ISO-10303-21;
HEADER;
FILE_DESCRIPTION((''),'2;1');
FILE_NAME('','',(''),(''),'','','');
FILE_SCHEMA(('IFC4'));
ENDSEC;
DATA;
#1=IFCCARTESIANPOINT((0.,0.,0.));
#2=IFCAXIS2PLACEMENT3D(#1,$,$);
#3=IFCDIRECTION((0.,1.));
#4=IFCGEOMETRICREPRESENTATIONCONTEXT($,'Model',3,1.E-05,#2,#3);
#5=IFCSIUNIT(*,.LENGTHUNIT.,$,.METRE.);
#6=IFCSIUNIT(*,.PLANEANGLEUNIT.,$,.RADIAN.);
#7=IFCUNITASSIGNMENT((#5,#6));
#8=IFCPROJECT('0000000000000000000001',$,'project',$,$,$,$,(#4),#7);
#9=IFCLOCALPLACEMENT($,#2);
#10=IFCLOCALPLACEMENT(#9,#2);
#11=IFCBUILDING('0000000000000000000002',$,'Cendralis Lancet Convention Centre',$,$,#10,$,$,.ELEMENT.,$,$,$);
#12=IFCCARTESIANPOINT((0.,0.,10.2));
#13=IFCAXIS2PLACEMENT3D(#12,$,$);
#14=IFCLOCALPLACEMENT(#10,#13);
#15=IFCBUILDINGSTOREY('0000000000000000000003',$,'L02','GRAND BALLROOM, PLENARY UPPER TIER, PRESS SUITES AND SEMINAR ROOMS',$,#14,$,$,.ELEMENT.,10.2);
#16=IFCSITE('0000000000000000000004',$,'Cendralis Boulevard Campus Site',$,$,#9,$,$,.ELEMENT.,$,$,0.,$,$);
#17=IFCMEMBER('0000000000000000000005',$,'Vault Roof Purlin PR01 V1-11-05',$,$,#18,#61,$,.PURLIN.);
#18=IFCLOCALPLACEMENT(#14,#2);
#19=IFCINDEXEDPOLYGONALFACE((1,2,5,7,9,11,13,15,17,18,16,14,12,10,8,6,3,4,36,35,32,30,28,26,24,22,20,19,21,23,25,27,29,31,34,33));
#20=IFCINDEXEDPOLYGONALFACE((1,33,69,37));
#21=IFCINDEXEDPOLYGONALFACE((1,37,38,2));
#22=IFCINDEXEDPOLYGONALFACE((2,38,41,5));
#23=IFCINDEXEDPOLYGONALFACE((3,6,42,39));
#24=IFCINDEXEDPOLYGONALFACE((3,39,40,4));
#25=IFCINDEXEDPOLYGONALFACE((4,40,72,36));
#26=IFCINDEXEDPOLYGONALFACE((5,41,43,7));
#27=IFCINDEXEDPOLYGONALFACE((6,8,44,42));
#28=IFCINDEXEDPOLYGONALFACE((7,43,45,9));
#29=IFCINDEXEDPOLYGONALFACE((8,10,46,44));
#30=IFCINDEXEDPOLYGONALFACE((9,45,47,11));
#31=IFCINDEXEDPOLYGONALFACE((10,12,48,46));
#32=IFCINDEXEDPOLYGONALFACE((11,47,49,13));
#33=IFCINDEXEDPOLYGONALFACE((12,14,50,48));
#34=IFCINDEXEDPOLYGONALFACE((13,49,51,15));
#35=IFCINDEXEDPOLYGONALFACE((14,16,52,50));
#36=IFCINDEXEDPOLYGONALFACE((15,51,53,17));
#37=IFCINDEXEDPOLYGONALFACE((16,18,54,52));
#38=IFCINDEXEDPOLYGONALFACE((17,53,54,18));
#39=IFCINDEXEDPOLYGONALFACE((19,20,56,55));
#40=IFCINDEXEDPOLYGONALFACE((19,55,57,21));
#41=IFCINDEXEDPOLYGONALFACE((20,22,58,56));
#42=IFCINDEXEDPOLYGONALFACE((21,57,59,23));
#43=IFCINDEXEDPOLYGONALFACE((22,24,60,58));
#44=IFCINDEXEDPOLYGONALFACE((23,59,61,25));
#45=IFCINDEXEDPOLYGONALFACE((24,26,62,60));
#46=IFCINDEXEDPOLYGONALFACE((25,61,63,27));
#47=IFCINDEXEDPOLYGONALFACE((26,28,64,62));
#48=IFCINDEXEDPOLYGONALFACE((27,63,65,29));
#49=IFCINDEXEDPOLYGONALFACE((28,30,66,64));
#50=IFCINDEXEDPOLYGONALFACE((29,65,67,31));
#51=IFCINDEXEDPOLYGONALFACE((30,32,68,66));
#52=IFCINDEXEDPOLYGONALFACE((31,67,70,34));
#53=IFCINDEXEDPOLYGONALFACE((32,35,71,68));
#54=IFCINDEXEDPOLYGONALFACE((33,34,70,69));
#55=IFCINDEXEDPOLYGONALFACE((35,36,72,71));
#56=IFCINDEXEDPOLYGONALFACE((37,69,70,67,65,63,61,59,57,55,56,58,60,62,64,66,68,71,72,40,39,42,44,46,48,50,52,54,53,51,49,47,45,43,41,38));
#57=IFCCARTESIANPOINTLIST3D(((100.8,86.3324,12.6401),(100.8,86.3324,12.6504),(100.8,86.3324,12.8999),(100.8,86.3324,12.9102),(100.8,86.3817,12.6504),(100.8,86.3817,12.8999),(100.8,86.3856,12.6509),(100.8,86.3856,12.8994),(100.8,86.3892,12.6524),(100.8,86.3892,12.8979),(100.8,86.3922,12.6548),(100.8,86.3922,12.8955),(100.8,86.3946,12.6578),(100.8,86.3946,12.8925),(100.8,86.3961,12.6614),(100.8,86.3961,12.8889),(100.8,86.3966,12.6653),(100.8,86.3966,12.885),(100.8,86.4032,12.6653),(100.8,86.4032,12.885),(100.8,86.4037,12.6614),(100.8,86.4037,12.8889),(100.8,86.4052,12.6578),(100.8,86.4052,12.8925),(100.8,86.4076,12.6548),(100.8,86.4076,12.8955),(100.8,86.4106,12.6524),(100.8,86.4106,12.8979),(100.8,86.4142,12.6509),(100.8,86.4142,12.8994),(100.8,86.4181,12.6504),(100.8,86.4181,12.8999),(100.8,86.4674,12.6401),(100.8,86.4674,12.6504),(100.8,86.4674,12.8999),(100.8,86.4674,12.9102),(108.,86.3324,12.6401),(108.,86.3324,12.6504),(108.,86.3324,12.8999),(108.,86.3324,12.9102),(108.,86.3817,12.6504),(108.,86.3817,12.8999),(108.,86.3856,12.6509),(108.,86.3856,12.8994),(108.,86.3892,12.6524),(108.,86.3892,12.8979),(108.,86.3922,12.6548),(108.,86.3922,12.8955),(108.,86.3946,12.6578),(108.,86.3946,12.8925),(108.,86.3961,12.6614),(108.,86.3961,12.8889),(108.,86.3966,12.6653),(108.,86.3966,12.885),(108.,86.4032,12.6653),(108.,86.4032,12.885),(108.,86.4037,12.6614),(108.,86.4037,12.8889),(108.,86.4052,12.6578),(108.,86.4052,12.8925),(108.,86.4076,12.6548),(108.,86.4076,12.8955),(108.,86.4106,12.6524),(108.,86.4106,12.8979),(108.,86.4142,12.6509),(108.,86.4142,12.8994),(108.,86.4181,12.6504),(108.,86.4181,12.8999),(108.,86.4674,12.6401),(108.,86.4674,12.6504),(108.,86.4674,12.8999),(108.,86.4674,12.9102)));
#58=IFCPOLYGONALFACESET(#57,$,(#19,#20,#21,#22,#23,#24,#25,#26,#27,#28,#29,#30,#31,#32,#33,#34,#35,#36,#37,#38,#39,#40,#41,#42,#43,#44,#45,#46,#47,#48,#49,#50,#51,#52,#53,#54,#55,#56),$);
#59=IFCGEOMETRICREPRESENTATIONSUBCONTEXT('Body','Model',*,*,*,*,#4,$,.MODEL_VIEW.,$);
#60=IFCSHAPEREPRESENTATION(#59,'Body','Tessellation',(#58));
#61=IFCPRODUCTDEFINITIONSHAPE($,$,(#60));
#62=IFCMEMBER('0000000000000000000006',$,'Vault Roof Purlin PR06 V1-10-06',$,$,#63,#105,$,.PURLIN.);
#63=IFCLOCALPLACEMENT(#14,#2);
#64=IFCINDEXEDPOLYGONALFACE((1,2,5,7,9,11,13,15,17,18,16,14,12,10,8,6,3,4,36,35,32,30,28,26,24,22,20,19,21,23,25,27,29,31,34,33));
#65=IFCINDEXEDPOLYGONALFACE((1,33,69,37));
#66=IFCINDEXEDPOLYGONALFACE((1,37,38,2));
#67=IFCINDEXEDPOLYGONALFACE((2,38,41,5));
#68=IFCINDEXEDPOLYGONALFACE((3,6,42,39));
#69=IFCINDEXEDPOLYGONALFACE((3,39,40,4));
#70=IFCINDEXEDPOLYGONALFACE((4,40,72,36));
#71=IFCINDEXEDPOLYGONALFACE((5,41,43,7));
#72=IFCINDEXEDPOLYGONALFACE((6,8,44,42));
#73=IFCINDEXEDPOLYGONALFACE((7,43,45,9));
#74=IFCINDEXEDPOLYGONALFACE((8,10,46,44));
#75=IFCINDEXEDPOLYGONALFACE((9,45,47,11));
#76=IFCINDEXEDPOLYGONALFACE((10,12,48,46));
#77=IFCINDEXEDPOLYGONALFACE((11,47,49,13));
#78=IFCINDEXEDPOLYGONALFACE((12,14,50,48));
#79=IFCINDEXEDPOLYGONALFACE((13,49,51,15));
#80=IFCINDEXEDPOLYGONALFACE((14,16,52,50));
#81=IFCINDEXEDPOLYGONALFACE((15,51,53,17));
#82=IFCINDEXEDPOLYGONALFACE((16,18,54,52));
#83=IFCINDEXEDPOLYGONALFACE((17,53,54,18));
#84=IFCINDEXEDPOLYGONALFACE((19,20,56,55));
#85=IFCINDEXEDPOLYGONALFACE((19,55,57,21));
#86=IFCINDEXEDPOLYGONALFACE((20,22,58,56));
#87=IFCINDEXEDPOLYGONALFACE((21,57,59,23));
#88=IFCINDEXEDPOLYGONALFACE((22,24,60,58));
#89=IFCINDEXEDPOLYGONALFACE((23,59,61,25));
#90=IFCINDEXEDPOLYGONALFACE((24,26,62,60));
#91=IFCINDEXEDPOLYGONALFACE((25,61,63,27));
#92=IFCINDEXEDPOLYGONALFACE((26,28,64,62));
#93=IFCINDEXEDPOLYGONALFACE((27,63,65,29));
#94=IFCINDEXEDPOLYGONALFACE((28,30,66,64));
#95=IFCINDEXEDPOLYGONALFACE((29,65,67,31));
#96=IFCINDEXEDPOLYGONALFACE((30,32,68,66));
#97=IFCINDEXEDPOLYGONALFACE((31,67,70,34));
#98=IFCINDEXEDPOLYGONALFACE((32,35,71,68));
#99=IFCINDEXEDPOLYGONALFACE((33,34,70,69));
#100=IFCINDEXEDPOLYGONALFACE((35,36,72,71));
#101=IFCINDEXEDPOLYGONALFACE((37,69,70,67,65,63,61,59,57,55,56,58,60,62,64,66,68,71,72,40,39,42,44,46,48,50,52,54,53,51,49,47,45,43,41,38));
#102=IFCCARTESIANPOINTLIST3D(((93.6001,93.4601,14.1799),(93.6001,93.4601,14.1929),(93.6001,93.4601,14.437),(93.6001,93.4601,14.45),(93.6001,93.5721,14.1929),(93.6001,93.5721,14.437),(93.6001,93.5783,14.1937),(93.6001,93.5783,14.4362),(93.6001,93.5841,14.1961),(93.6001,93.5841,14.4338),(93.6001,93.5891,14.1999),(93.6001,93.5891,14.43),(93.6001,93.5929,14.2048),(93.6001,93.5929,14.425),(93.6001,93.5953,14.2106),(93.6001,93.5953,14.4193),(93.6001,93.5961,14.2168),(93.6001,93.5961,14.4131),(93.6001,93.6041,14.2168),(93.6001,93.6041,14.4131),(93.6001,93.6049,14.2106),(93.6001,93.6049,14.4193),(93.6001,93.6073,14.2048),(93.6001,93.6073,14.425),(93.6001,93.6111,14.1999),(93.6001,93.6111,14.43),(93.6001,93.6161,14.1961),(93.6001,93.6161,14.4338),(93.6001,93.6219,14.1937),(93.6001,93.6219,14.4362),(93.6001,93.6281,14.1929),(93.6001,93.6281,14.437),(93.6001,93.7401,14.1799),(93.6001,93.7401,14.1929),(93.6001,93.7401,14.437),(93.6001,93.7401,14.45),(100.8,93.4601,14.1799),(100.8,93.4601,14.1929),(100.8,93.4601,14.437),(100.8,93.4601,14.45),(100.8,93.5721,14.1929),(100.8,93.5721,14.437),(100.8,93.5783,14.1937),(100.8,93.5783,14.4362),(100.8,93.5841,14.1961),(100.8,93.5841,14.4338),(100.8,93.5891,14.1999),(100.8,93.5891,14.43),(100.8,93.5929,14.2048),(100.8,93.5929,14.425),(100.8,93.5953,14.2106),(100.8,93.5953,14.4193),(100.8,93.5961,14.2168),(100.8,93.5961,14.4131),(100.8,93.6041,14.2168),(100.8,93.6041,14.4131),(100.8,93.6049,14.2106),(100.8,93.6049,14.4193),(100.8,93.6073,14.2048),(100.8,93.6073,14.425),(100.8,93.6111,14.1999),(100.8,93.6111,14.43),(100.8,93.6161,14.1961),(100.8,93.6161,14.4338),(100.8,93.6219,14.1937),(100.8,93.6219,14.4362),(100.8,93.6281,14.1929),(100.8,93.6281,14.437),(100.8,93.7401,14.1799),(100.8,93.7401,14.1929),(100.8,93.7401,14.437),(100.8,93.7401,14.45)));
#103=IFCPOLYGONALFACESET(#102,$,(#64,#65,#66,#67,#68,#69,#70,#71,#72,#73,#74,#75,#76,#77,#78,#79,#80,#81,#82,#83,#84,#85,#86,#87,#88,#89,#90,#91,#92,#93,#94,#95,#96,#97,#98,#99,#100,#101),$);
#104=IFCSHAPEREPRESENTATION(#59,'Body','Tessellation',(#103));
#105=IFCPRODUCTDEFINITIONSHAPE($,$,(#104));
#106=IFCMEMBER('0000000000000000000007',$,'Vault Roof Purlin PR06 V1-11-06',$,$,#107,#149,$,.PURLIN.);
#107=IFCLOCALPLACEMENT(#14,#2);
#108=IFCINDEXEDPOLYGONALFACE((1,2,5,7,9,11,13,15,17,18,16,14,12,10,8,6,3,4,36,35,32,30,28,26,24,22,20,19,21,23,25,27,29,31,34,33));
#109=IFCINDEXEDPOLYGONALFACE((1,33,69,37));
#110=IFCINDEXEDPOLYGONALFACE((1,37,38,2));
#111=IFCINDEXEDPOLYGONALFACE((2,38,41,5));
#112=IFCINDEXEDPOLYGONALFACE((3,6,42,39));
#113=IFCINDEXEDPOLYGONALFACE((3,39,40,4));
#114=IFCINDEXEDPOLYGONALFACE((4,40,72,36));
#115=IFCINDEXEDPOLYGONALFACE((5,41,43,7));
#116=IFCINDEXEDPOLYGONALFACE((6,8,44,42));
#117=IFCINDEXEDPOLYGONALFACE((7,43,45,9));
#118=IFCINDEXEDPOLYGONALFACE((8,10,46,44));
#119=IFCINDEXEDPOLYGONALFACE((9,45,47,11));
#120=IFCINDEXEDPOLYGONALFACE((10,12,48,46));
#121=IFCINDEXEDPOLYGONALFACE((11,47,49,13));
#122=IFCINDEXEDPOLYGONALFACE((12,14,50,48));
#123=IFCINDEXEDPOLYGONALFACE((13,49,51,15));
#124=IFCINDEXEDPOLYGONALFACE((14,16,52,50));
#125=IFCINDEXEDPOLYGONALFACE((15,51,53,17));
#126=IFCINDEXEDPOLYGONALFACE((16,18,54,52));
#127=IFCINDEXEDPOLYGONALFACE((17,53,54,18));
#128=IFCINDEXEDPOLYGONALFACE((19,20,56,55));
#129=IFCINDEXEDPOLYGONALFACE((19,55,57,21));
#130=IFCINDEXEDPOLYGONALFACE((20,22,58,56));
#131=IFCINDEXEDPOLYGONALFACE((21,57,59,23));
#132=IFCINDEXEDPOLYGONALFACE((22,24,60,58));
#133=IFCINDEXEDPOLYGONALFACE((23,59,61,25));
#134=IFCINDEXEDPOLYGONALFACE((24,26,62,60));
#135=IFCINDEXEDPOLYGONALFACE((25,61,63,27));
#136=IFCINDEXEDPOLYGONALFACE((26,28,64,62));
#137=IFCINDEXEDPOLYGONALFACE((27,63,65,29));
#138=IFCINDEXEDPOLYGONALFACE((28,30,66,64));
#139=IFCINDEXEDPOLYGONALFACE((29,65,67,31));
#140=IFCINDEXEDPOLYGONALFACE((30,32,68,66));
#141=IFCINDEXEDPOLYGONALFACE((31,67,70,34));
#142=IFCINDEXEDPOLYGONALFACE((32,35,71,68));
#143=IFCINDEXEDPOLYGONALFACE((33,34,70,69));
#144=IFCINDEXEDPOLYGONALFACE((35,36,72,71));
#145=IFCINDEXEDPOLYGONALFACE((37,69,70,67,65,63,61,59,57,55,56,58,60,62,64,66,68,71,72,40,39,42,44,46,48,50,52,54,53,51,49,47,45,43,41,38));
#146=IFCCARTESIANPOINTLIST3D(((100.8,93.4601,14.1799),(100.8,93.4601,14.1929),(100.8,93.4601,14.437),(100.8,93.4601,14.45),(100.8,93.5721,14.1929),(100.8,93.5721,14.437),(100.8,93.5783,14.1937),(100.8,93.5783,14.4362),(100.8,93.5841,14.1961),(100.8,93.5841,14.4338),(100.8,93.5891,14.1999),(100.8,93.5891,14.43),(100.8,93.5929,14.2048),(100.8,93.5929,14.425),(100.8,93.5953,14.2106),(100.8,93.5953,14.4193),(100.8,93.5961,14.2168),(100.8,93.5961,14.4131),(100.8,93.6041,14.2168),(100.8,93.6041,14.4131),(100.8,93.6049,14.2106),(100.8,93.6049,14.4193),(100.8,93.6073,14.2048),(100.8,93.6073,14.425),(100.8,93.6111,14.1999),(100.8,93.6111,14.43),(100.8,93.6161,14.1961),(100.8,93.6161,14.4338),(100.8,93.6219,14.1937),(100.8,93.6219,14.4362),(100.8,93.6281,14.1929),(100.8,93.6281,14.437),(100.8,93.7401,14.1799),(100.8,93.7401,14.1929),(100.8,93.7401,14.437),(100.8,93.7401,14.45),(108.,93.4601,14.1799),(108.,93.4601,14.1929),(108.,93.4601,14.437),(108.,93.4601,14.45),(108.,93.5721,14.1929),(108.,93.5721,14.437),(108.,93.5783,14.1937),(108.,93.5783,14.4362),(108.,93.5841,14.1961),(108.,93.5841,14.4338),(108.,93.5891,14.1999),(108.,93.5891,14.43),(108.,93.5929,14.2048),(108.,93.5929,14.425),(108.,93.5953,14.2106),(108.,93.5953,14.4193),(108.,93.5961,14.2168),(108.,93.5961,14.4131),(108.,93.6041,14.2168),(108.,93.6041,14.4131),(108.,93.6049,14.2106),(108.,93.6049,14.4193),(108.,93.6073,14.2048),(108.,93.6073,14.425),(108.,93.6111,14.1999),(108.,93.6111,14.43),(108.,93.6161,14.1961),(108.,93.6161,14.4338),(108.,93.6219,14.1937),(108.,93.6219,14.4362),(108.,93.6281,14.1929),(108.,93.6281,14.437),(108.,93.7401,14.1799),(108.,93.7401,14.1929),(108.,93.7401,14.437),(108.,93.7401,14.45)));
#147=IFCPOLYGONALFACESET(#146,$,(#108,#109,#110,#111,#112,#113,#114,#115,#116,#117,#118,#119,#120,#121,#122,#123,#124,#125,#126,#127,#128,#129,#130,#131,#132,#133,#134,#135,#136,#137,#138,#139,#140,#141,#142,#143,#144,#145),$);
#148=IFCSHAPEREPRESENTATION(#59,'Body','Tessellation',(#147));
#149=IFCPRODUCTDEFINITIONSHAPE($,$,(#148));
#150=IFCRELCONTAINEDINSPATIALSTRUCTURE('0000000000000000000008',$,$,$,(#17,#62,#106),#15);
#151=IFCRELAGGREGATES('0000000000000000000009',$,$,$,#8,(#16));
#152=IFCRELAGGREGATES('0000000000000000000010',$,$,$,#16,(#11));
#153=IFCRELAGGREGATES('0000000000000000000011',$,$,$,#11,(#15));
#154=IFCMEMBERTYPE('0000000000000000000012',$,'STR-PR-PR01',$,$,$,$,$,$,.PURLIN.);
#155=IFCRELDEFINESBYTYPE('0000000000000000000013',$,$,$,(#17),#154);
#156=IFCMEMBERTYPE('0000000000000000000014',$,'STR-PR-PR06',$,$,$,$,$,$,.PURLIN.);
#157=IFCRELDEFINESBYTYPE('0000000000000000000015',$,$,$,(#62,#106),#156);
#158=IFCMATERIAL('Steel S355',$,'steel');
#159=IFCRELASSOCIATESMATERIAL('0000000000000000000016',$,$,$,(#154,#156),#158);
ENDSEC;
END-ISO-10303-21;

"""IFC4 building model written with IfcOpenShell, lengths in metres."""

from ifc_helpers import new_model, si_unit, direction, frame, origin, origin_2d, place, context, subcontext, project, spatial, i_section, extrude, material, material_profile, profile_set, type_object, element, save


model = new_model("IFC4")

# Units and contexts
model_context = context("Model", 3, precision=1e-05, world=origin(), true_north=direction((0.0, 1.0)))
body_context = subcontext(model_context, "Body", "Model", "MODEL_VIEW")
ifc_project = project(units=[si_unit("LENGTHUNIT", "METRE"), si_unit("PLANEANGLEUNIT", "RADIAN")], contexts=[model_context])

# Site, building, storey
site_placement = place(None, origin())
site = spatial("IfcSite", under=ifc_project, at=site_placement, Name="Cendralis Boulevard Campus Site", CompositionType="ELEMENT", RefElevation=0.0)
building_placement = place(site_placement, origin())
building = spatial("IfcBuilding", under=site, at=building_placement, Name="Cendralis Lancet Convention Centre", CompositionType="ELEMENT")
storey_placement = place(building_placement, frame((0.0, 0.0, 10.2)))
storey = spatial("IfcBuildingStorey", under=building, at=storey_placement, Name="L02", Description="GRAND BALLROOM, PLENARY UPPER TIER, PRESS SUITES AND SEMINAR ROOMS", CompositionType="ELEMENT", Elevation=10.2)

# Members
ifc_material = material(Name="Steel S355", Category="steel")
ifc_material_profile_1 = material_profile(ifc_material, i_section(OverallWidth=0.135, OverallDepth=0.27, WebThickness=0.0066, FlangeThickness=0.0103, FilletRadius=0.0149, at=origin_2d()), Name="IPE 270")
ifc_profile_set_1 = profile_set([ifc_material_profile_1], Name="Steel S355")
member_type_1 = type_object("IfcMemberType", Name="STR-PR-PR01", PredefinedType="PURLIN", material=ifc_profile_set_1)
for number, where, z_axis, x_axis, name in (
    (1, (100.8, 86.3999, 12.7751), (1.0, 0.0, 0.0), (0.0, 1.0, 0.0), "Vault Roof Purlin PR01 V1-11-05"),
):
    element("IfcMember", number, at=place(storey_placement, frame(where, z_axis=z_axis, x_axis=x_axis)), inside=storey, type_object=member_type_1, Name=name, PredefinedType="PURLIN", context=body_context, shape_type="SweptSolid", body=[
        extrude(i_section(OverallWidth=0.135, OverallDepth=0.27, WebThickness=0.0066, FlangeThickness=0.0103, FilletRadius=0.0149, at=origin_2d()), origin(), (0.0, 0.0, 1.0), 7.2),
    ])
ifc_material_profile_2 = material_profile(ifc_material, i_section(OverallWidth=0.28, OverallDepth=0.27, WebThickness=0.0081, FlangeThickness=0.0129, FilletRadius=0.0239, at=origin_2d()), Name="HEA 280")
ifc_profile_set_2 = profile_set([ifc_material_profile_2], Name="Steel S355")
member_type_2 = type_object("IfcMemberType", Name="STR-PR-PR06", PredefinedType="PURLIN", material=ifc_profile_set_2)
for number, where, z_axis, x_axis, name in (
    (2, (93.6001, 93.6001, 14.3149), (1.0, 0.0, 0.0), (0.0, 1.0, 0.0), "Vault Roof Purlin PR06 V1-10-06"),
    (3, (100.8, 93.6001, 14.3149), (1.0, 0.0, 0.0), (0.0, 1.0, 0.0), "Vault Roof Purlin PR06 V1-11-06"),
):
    element("IfcMember", number, at=place(storey_placement, frame(where, z_axis=z_axis, x_axis=x_axis)), inside=storey, type_object=member_type_2, Name=name, PredefinedType="PURLIN", context=body_context, shape_type="SweptSolid", body=[
        extrude(i_section(OverallWidth=0.28, OverallDepth=0.27, WebThickness=0.0081, FlangeThickness=0.0129, FilletRadius=0.0239, at=origin_2d()), origin(), (0.0, 0.0, 1.0), 7.2),
    ])

save(model, "model.ifc")
